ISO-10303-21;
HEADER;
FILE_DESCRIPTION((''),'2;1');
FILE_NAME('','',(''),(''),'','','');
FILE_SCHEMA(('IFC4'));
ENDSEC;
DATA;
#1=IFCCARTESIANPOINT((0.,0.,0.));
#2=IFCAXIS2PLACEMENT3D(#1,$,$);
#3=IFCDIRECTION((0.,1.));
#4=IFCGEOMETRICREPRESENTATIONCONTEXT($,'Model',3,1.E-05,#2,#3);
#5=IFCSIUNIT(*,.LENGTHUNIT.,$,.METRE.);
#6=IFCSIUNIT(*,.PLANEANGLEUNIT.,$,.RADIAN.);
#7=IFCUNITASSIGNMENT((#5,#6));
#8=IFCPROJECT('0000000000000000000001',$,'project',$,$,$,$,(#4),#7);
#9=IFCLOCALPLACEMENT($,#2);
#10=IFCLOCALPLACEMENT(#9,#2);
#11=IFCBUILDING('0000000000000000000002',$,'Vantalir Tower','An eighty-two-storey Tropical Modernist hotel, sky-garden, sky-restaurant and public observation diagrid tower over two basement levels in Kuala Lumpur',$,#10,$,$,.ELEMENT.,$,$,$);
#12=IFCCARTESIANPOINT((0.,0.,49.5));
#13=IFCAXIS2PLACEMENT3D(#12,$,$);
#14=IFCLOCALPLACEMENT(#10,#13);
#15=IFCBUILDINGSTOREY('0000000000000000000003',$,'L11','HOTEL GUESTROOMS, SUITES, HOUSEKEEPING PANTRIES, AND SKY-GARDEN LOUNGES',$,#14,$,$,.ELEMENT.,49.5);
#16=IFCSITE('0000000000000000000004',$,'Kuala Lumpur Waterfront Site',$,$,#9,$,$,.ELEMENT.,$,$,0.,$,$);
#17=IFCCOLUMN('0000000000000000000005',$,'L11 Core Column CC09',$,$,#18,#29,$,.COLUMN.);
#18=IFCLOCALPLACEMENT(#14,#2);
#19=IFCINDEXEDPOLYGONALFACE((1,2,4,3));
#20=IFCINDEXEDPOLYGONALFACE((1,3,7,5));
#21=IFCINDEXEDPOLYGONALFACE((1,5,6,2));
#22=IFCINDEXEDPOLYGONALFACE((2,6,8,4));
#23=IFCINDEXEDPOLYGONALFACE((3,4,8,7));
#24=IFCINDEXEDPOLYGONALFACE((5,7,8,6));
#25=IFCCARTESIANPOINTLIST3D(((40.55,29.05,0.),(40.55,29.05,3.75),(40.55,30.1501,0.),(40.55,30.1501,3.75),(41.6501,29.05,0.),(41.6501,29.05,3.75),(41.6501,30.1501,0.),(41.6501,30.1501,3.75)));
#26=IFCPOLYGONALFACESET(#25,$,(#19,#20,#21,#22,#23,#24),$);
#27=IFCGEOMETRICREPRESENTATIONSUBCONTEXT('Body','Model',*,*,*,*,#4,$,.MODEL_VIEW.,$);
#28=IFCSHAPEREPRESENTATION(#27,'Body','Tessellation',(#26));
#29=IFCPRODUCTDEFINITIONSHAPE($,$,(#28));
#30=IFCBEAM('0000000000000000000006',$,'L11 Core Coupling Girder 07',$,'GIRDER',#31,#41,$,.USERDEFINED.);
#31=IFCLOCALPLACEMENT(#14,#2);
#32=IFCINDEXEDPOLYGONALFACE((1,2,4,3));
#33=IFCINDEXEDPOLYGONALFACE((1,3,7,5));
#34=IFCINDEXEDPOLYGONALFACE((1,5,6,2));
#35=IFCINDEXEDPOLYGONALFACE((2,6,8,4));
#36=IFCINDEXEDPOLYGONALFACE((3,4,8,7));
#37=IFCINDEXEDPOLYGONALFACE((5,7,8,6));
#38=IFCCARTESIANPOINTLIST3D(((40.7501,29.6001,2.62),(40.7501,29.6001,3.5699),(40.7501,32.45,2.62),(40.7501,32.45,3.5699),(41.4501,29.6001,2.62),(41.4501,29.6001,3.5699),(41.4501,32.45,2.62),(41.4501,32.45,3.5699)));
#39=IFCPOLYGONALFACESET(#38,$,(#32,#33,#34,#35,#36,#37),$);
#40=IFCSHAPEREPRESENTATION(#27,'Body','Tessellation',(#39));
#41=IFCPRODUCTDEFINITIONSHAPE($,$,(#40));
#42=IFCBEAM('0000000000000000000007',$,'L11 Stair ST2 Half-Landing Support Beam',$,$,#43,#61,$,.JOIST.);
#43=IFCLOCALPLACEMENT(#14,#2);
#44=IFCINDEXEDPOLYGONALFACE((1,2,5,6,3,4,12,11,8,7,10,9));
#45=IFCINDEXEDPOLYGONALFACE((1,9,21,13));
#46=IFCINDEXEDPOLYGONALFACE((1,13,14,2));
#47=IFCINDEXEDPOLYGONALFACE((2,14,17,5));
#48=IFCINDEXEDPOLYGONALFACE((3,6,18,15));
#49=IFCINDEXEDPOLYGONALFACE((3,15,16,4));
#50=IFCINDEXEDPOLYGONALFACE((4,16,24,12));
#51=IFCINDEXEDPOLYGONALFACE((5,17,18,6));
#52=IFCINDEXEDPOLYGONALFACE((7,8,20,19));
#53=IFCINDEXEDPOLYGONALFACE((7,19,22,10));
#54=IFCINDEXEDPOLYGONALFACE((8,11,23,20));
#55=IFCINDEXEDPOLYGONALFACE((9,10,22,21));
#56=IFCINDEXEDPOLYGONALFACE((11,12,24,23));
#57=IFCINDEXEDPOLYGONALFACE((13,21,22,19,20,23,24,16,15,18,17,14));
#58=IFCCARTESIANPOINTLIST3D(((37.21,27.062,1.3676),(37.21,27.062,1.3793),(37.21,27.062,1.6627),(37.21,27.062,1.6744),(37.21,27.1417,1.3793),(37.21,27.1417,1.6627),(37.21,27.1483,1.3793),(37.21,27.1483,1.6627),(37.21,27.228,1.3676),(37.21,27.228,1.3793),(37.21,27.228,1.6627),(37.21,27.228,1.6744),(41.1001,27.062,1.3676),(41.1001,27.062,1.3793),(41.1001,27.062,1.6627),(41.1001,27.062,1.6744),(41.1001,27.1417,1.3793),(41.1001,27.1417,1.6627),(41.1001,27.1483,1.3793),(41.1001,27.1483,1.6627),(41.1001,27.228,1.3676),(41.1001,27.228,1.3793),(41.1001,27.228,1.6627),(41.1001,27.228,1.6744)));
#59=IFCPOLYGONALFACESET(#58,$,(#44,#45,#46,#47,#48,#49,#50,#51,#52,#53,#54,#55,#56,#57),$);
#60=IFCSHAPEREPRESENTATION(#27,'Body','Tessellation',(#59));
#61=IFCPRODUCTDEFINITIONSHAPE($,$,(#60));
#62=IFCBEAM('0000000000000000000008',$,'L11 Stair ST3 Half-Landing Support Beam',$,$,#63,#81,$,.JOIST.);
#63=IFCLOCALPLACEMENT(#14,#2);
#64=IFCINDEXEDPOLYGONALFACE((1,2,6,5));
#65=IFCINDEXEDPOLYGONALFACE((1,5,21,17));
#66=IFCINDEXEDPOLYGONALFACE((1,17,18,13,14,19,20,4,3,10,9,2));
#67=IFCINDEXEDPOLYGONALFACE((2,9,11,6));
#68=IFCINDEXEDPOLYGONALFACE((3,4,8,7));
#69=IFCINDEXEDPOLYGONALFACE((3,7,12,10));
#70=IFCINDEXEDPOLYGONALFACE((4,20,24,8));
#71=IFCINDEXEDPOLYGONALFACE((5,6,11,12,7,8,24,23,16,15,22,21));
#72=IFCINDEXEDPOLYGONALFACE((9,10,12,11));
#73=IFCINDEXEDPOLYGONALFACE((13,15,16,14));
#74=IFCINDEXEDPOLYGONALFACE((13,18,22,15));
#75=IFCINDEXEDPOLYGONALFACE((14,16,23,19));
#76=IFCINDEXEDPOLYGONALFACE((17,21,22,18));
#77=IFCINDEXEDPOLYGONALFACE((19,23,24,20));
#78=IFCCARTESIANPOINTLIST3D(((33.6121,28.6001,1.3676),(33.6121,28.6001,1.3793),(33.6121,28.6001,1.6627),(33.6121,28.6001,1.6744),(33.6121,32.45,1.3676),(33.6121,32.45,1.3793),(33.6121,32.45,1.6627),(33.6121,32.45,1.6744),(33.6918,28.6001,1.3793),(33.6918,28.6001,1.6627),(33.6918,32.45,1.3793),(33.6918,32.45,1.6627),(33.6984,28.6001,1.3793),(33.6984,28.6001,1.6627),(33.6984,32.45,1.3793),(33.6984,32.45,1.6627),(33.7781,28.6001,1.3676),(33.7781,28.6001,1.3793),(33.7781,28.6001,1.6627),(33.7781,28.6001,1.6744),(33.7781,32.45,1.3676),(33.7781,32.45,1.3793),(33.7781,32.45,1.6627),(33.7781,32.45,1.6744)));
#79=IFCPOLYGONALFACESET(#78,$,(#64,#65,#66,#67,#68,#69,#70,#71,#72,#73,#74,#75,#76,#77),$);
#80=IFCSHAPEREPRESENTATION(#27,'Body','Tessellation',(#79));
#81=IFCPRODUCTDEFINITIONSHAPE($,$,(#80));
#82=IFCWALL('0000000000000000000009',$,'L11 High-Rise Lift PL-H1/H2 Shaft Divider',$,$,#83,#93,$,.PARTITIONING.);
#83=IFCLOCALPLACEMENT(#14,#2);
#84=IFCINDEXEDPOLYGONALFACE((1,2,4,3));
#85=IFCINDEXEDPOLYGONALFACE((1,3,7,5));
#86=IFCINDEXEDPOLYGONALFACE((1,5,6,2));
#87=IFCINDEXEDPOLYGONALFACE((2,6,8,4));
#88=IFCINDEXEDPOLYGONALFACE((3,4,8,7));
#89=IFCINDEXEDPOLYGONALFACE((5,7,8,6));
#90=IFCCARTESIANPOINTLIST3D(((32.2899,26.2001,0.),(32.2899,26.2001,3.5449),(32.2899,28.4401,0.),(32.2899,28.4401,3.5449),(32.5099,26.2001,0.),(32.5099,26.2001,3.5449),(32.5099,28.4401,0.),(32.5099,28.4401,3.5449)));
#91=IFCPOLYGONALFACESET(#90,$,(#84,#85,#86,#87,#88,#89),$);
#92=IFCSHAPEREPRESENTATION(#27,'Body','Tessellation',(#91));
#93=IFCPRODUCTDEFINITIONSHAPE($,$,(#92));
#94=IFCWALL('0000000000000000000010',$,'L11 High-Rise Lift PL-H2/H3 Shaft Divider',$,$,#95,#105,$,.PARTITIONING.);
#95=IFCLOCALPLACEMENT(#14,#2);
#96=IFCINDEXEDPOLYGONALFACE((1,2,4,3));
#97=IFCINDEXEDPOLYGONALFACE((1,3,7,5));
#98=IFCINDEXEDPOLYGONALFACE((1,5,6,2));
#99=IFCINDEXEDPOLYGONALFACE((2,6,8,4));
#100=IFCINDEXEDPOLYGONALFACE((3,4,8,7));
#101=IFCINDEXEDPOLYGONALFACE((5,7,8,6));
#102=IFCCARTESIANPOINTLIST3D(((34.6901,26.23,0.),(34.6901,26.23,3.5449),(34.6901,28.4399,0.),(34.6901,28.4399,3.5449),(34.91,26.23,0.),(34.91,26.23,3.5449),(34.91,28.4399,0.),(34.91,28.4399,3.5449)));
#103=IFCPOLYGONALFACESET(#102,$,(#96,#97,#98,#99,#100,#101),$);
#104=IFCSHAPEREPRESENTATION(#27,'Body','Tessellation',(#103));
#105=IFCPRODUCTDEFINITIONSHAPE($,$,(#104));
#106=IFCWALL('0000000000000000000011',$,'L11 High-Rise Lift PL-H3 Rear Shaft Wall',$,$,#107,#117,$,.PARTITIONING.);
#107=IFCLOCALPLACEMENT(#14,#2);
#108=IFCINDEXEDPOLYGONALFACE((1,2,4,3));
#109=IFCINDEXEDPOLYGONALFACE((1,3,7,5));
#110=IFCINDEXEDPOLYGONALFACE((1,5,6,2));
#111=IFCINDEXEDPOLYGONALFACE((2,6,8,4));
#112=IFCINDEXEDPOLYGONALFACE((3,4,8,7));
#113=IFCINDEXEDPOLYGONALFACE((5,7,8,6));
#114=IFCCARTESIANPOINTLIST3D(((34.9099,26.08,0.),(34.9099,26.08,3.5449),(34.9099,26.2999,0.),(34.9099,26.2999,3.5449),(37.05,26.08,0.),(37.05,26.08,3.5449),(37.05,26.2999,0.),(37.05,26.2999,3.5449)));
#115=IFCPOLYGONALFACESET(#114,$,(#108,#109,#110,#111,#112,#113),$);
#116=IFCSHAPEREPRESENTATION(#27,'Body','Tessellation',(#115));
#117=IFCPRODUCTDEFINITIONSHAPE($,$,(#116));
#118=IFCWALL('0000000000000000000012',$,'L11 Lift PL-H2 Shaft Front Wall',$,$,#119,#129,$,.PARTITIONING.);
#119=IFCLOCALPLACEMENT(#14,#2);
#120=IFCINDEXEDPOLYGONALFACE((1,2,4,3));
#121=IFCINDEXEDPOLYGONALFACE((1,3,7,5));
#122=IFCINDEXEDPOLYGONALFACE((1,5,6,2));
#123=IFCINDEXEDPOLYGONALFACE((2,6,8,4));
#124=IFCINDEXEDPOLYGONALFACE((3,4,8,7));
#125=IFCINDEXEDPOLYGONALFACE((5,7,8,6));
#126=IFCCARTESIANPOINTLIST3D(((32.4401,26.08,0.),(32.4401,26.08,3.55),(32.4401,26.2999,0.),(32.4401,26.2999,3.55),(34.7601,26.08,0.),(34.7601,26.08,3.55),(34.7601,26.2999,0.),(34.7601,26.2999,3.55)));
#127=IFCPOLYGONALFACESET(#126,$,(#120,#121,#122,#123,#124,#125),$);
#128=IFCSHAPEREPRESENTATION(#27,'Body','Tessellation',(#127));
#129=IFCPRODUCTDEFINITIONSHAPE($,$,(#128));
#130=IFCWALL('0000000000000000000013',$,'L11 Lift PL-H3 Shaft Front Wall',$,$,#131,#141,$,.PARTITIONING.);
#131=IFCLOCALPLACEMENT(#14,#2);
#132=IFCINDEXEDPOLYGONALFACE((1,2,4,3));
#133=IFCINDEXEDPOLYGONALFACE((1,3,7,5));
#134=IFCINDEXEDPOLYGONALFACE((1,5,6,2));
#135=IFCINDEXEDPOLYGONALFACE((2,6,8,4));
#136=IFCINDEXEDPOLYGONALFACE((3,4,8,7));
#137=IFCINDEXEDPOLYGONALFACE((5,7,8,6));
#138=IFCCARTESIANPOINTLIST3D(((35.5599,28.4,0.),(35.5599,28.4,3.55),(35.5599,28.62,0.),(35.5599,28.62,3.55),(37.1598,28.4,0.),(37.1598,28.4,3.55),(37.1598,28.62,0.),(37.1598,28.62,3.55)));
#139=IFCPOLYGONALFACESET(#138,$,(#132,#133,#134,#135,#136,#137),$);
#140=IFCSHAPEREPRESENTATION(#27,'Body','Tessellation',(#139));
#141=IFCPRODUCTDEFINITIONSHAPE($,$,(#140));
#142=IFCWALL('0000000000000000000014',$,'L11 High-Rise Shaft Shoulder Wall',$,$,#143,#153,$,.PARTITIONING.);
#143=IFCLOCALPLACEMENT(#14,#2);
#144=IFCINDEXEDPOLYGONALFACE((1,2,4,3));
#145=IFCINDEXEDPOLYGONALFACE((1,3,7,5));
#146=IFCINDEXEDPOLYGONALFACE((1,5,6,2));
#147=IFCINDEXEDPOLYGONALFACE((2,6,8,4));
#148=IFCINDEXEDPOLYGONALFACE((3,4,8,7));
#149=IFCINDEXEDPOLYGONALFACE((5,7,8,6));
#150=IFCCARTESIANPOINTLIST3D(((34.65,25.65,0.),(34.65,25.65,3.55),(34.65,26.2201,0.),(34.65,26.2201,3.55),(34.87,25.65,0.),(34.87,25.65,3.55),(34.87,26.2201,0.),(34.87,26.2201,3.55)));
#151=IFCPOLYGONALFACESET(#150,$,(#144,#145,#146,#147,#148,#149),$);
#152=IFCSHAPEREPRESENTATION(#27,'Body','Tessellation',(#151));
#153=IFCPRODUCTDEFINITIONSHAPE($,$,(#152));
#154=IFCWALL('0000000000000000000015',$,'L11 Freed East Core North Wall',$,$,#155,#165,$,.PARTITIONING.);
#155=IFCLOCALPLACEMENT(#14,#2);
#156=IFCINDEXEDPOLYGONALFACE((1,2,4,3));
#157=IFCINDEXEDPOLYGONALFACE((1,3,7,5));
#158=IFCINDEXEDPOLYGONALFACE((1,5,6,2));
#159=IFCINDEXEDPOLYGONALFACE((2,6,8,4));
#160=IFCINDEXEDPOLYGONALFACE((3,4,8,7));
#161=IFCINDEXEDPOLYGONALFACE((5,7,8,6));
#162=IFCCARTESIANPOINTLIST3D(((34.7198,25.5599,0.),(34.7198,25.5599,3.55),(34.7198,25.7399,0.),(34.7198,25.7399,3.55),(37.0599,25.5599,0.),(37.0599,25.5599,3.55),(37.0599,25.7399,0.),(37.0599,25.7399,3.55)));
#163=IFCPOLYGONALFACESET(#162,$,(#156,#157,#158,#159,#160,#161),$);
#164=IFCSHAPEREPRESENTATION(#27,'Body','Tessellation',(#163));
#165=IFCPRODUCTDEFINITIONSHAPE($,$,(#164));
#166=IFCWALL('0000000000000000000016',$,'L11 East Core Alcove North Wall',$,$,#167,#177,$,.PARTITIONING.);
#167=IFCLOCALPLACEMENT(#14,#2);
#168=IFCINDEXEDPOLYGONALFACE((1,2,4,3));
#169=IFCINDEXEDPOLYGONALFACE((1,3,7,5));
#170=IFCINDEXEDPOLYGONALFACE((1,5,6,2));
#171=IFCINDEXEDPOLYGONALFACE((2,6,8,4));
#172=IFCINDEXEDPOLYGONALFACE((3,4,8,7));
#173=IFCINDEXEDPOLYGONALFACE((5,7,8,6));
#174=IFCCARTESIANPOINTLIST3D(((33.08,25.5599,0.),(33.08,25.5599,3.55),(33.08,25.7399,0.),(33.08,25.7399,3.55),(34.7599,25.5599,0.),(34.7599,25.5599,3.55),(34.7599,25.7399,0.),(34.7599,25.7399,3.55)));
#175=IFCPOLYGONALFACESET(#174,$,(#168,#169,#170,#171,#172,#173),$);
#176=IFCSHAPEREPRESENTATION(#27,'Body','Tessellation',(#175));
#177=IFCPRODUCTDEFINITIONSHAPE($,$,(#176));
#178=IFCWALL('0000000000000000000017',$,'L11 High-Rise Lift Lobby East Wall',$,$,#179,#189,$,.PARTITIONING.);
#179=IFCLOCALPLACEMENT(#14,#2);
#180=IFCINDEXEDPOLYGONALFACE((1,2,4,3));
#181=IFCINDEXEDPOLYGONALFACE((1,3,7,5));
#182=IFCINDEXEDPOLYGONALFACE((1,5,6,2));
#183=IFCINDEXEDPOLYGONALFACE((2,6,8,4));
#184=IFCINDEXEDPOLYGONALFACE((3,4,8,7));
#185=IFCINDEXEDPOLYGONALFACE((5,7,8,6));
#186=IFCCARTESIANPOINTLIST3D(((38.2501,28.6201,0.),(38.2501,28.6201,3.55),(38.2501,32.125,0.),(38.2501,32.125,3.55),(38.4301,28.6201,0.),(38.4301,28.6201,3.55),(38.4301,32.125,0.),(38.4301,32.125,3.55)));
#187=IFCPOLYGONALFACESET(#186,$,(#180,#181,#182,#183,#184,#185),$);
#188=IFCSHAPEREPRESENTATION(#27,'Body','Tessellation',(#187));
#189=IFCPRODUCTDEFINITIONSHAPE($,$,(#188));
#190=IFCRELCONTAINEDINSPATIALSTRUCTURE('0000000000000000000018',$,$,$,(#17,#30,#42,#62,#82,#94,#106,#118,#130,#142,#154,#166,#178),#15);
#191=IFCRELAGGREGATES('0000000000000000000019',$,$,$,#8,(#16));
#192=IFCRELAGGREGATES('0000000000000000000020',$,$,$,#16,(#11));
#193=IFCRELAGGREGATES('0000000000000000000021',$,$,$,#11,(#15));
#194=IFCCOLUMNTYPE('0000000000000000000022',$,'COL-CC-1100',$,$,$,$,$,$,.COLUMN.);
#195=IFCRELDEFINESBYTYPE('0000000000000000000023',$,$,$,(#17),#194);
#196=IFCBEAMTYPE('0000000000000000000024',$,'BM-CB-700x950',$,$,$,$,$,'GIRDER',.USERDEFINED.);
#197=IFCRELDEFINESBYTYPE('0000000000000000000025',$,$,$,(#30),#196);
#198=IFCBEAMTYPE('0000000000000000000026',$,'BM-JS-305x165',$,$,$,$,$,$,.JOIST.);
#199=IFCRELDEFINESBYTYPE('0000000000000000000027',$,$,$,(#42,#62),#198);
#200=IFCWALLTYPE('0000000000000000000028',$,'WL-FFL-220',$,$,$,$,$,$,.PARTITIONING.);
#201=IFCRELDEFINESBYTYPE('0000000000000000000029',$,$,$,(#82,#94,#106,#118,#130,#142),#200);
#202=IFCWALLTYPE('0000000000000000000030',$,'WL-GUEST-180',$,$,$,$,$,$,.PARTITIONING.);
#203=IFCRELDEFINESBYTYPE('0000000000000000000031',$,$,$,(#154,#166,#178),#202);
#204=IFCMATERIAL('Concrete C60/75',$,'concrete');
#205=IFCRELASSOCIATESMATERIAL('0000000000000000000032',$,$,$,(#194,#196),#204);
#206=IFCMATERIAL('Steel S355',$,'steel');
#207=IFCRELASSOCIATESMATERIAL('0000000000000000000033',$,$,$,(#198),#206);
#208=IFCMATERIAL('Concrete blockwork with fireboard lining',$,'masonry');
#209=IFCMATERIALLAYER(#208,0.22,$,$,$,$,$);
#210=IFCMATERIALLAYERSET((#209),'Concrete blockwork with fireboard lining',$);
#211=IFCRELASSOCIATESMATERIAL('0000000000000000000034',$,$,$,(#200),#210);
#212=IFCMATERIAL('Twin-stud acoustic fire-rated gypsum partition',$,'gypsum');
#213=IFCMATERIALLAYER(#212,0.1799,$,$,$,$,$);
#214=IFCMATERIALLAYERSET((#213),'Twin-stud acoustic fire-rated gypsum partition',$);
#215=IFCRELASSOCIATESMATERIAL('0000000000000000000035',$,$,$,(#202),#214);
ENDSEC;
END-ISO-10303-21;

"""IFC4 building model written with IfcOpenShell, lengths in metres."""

from ifc_helpers import new_model, si_unit, direction, frame, frame_2d, origin, origin_2d, place, context, subcontext, project, spatial, rectangle, i_section, extrude, material, layer, layer_set, material_profile, profile_set, type_object, element, save


model = new_model("IFC4")

# Units and contexts
model_context = context("Model", 3, precision=1e-05, world=origin(), true_north=direction((0.0, 1.0)))
body_context = subcontext(model_context, "Body", "Model", "MODEL_VIEW")
ifc_project = project(units=[si_unit("LENGTHUNIT", "METRE"), si_unit("PLANEANGLEUNIT", "RADIAN")], contexts=[model_context])

# Site, building, storey
site_placement = place(None, origin())
site = spatial("IfcSite", under=ifc_project, at=site_placement, Name="Kuala Lumpur Waterfront Site", CompositionType="ELEMENT", RefElevation=0.0)
building_placement = place(site_placement, origin())
building = spatial("IfcBuilding", under=site, at=building_placement, Name="Vantalir Tower", Description="An eighty-two-storey Tropical Modernist hotel, sky-garden, sky-restaurant and public observation diagrid tower over two basement levels in Kuala Lumpur", CompositionType="ELEMENT")
storey_placement = place(building_placement, frame((0.0, 0.0, 49.5)))
storey = spatial("IfcBuildingStorey", under=building, at=storey_placement, Name="L11", Description="HOTEL GUESTROOMS, SUITES, HOUSEKEEPING PANTRIES, AND SKY-GARDEN LOUNGES", CompositionType="ELEMENT", Elevation=49.5)

# Column
ifc_material_1 = material(Name="Concrete C60/75", Category="concrete")
ifc_material_profile_1 = material_profile(ifc_material_1, rectangle(XDim=1.1001, YDim=1.1001, at=origin_2d()), Name="Concrete C60/75")
ifc_profile_set_1 = profile_set([ifc_material_profile_1], Name="Concrete C60/75")
column_type = type_object("IfcColumnType", Name="COL-CC-1100", PredefinedType="COLUMN", material=ifc_profile_set_1)
column_placement = place(storey_placement, frame((41.1001, 29.6001, 0.0), z_axis=(0.0, 0.0, 1.0), x_axis=(1.0, 0.0, 0.0)))
element("IfcColumn", 1, at=column_placement, inside=storey, type_object=column_type, Name="L11 Core Column CC09", PredefinedType="COLUMN", context=body_context, shape_type="SweptSolid", body=[
    extrude(rectangle(XDim=1.1001, YDim=1.1001, at=origin_2d()), origin(), (0.0, 0.0, 1.0), 3.75),
])

# Beams
ifc_material_profile_2 = material_profile(ifc_material_1, rectangle(XDim=0.7, YDim=0.95, at=origin_2d()), Name="Concrete C60/75")
ifc_profile_set_2 = profile_set([ifc_material_profile_2], Name="Concrete C60/75")
beam_type_1 = type_object("IfcBeamType", Name="BM-CB-700x950", ElementType="GIRDER", PredefinedType="USERDEFINED", material=ifc_profile_set_2)
beam_1_placement = place(storey_placement, frame((41.1001, 29.6001, 3.095), z_axis=(0.0, 1.0, 0.0), x_axis=(-1.0, 0.0, 0.0)))
element("IfcBeam", 2, at=beam_1_placement, inside=storey, type_object=beam_type_1, Name="L11 Core Coupling Girder 07", ObjectType="GIRDER", PredefinedType="USERDEFINED", context=body_context, shape_type="SweptSolid", body=[
    extrude(rectangle(XDim=0.7, YDim=0.95, at=origin_2d()), origin(), (0.0, 0.0, 1.0), 2.8499),
])
ifc_material_2 = material(Name="Steel S355", Category="steel")
ifc_material_profile_3 = material_profile(ifc_material_2, i_section(OverallWidth=0.166, OverallDepth=0.3069, WebThickness=0.0066, FlangeThickness=0.0117, at=origin_2d()), Name="Steel S355")
ifc_profile_set_3 = profile_set([ifc_material_profile_3], Name="Steel S355")
beam_type_2 = type_object("IfcBeamType", Name="BM-JS-305x165", PredefinedType="JOIST", material=ifc_profile_set_3)
beam_2_placement = place(storey_placement, frame((37.21, 27.145, 1.521), z_axis=(1.0, 0.0, 0.0), x_axis=(0.0, 1.0, 0.0)))
element("IfcBeam", 3, at=beam_2_placement, inside=storey, type_object=beam_type_2, Name="L11 Stair ST2 Half-Landing Support Beam", PredefinedType="JOIST", context=body_context, shape_type="SweptSolid", body=[
    extrude(i_section(OverallWidth=0.166, OverallDepth=0.3069, WebThickness=0.0066, FlangeThickness=0.0117, at=origin_2d()), origin(), (0.0, 0.0, 1.0), 3.8901),
])
beam_3_placement = place(storey_placement, frame((33.6951, 28.6001, 1.521), z_axis=(0.0, 1.0, 0.0), x_axis=(-1.0, 0.0, 0.0)))
element("IfcBeam", 4, at=beam_3_placement, inside=storey, type_object=beam_type_2, Name="L11 Stair ST3 Half-Landing Support Beam", PredefinedType="JOIST", context=body_context, shape_type="SweptSolid", body=[
    extrude(i_section(OverallWidth=0.166, OverallDepth=0.3069, WebThickness=0.0066, FlangeThickness=0.0117, at=origin_2d()), origin(), (0.0, 0.0, 1.0), 3.8499),
])

# Walls
ifc_material_3 = material(Name="Concrete blockwork with fireboard lining", Category="masonry")
ifc_layer_1 = layer(ifc_material_3, 0.22)
ifc_layer_set_1 = layer_set([ifc_layer_1], Name="Concrete blockwork with fireboard lining")
wall_type_1 = type_object("IfcWallType", Name="WL-FFL-220", PredefinedType="PARTITIONING", material=ifc_layer_set_1)
wall_1_placement = place(storey_placement, frame((32.3999, 26.2, 0.0), z_axis=(0.0, 0.0, 1.0), x_axis=(0.0, 1.0, 0.0)))
element("IfcWall", 5, at=wall_1_placement, inside=storey, type_object=wall_type_1, Name="L11 High-Rise Lift PL-H1/H2 Shaft Divider", PredefinedType="PARTITIONING", context=body_context, shape_type="SweptSolid", body=[
    extrude(rectangle(XDim=2.24, YDim=0.22, at=frame_2d((1.1201, 0.0))), origin(), (0.0, 0.0, 1.0), 3.5449),
])
wall_2_placement = place(storey_placement, frame((34.8, 26.23, 0.0), z_axis=(0.0, 0.0, 1.0), x_axis=(0.0, 1.0, 0.0)))
element("IfcWall", 6, at=wall_2_placement, inside=storey, type_object=wall_type_1, Name="L11 High-Rise Lift PL-H2/H3 Shaft Divider", PredefinedType="PARTITIONING", context=body_context, shape_type="SweptSolid", body=[
    extrude(rectangle(XDim=2.21, YDim=0.22, at=frame_2d((1.105, 0.0))), origin(), (0.0, 0.0, 1.0), 3.5449),
])
wall_3_placement = place(storey_placement, frame((34.9099, 26.1899, 0.0), z_axis=(0.0, 0.0, 1.0), x_axis=(1.0, 0.0, 0.0)))
element("IfcWall", 7, at=wall_3_placement, inside=storey, type_object=wall_type_1, Name="L11 High-Rise Lift PL-H3 Rear Shaft Wall", PredefinedType="PARTITIONING", context=body_context, shape_type="SweptSolid", body=[
    extrude(rectangle(XDim=2.1401, YDim=0.22, at=frame_2d((1.0701, 0.0))), origin(), (0.0, 0.0, 1.0), 3.5449),
])
wall_4_placement = place(storey_placement, frame((32.4399, 26.1899, 0.0), z_axis=(0.0, 0.0, 1.0), x_axis=(1.0, 0.0, 0.0)))
element("IfcWall", 8, at=wall_4_placement, inside=storey, type_object=wall_type_1, Name="L11 Lift PL-H2 Shaft Front Wall", PredefinedType="PARTITIONING", context=body_context, shape_type="SweptSolid", body=[
    extrude(rectangle(XDim=2.3201, YDim=0.22, at=frame_2d((1.1602, 0.0))), origin(), (0.0, 0.0, 1.0), 3.55),
])
wall_5_placement = place(storey_placement, frame((35.5601, 28.51, 0.0), z_axis=(0.0, 0.0, 1.0), x_axis=(1.0, 0.0, 0.0)))
element("IfcWall", 9, at=wall_5_placement, inside=storey, type_object=wall_type_1, Name="L11 Lift PL-H3 Shaft Front Wall", PredefinedType="PARTITIONING", context=body_context, shape_type="SweptSolid", body=[
    extrude(rectangle(XDim=1.5999, YDim=0.22, at=frame_2d((0.7998, 0.0))), origin(), (0.0, 0.0, 1.0), 3.55),
])
wall_6_placement = place(storey_placement, frame((34.76, 25.6499, 0.0), z_axis=(0.0, 0.0, 1.0), x_axis=(0.0, 1.0, 0.0)))
element("IfcWall", 10, at=wall_6_placement, inside=storey, type_object=wall_type_1, Name="L11 High-Rise Shaft Shoulder Wall", PredefinedType="PARTITIONING", context=body_context, shape_type="SweptSolid", body=[
    extrude(rectangle(XDim=0.5701, YDim=0.22, at=frame_2d((0.2852, 0.0))), origin(), (0.0, 0.0, 1.0), 3.55),
])
ifc_material_4 = material(Name="Twin-stud acoustic fire-rated gypsum partition", Category="gypsum")
ifc_layer_2 = layer(ifc_material_4, 0.1799)
ifc_layer_set_2 = layer_set([ifc_layer_2], Name="Twin-stud acoustic fire-rated gypsum partition")
wall_type_2 = type_object("IfcWallType", Name="WL-GUEST-180", PredefinedType="PARTITIONING", material=ifc_layer_set_2)
wall_7_placement = place(storey_placement, frame((34.72, 25.6499, 0.0), z_axis=(0.0, 0.0, 1.0), x_axis=(1.0, 0.0, 0.0)))
element("IfcWall", 11, at=wall_7_placement, inside=storey, type_object=wall_type_2, Name="L11 Freed East Core North Wall", PredefinedType="PARTITIONING", context=body_context, shape_type="SweptSolid", body=[
    extrude(rectangle(XDim=2.3401, YDim=0.1799, at=frame_2d((1.1699, 0.0))), origin(), (0.0, 0.0, 1.0), 3.55),
])
wall_8_placement = place(storey_placement, frame((33.0801, 25.6499, 0.0), z_axis=(0.0, 0.0, 1.0), x_axis=(1.0, 0.0, 0.0)))
element("IfcWall", 12, at=wall_8_placement, inside=storey, type_object=wall_type_2, Name="L11 East Core Alcove North Wall", PredefinedType="PARTITIONING", context=body_context, shape_type="SweptSolid", body=[
    extrude(rectangle(XDim=1.6799, YDim=0.1799, at=frame_2d((0.8398, 0.0))), origin(), (0.0, 0.0, 1.0), 3.55),
])
wall_9_placement = place(storey_placement, frame((38.3401, 28.6201, 0.0), z_axis=(0.0, 0.0, 1.0), x_axis=(0.0, 1.0, 0.0)))
element("IfcWall", 13, at=wall_9_placement, inside=storey, type_object=wall_type_2, Name="L11 High-Rise Lift Lobby East Wall", PredefinedType="PARTITIONING", context=body_context, shape_type="SweptSolid", body=[
    extrude(rectangle(XDim=3.5049, YDim=0.1799, at=frame_2d((1.7524, 0.0))), origin(), (0.0, 0.0, 1.0), 3.55),
])

save(model, "model.ifc")
